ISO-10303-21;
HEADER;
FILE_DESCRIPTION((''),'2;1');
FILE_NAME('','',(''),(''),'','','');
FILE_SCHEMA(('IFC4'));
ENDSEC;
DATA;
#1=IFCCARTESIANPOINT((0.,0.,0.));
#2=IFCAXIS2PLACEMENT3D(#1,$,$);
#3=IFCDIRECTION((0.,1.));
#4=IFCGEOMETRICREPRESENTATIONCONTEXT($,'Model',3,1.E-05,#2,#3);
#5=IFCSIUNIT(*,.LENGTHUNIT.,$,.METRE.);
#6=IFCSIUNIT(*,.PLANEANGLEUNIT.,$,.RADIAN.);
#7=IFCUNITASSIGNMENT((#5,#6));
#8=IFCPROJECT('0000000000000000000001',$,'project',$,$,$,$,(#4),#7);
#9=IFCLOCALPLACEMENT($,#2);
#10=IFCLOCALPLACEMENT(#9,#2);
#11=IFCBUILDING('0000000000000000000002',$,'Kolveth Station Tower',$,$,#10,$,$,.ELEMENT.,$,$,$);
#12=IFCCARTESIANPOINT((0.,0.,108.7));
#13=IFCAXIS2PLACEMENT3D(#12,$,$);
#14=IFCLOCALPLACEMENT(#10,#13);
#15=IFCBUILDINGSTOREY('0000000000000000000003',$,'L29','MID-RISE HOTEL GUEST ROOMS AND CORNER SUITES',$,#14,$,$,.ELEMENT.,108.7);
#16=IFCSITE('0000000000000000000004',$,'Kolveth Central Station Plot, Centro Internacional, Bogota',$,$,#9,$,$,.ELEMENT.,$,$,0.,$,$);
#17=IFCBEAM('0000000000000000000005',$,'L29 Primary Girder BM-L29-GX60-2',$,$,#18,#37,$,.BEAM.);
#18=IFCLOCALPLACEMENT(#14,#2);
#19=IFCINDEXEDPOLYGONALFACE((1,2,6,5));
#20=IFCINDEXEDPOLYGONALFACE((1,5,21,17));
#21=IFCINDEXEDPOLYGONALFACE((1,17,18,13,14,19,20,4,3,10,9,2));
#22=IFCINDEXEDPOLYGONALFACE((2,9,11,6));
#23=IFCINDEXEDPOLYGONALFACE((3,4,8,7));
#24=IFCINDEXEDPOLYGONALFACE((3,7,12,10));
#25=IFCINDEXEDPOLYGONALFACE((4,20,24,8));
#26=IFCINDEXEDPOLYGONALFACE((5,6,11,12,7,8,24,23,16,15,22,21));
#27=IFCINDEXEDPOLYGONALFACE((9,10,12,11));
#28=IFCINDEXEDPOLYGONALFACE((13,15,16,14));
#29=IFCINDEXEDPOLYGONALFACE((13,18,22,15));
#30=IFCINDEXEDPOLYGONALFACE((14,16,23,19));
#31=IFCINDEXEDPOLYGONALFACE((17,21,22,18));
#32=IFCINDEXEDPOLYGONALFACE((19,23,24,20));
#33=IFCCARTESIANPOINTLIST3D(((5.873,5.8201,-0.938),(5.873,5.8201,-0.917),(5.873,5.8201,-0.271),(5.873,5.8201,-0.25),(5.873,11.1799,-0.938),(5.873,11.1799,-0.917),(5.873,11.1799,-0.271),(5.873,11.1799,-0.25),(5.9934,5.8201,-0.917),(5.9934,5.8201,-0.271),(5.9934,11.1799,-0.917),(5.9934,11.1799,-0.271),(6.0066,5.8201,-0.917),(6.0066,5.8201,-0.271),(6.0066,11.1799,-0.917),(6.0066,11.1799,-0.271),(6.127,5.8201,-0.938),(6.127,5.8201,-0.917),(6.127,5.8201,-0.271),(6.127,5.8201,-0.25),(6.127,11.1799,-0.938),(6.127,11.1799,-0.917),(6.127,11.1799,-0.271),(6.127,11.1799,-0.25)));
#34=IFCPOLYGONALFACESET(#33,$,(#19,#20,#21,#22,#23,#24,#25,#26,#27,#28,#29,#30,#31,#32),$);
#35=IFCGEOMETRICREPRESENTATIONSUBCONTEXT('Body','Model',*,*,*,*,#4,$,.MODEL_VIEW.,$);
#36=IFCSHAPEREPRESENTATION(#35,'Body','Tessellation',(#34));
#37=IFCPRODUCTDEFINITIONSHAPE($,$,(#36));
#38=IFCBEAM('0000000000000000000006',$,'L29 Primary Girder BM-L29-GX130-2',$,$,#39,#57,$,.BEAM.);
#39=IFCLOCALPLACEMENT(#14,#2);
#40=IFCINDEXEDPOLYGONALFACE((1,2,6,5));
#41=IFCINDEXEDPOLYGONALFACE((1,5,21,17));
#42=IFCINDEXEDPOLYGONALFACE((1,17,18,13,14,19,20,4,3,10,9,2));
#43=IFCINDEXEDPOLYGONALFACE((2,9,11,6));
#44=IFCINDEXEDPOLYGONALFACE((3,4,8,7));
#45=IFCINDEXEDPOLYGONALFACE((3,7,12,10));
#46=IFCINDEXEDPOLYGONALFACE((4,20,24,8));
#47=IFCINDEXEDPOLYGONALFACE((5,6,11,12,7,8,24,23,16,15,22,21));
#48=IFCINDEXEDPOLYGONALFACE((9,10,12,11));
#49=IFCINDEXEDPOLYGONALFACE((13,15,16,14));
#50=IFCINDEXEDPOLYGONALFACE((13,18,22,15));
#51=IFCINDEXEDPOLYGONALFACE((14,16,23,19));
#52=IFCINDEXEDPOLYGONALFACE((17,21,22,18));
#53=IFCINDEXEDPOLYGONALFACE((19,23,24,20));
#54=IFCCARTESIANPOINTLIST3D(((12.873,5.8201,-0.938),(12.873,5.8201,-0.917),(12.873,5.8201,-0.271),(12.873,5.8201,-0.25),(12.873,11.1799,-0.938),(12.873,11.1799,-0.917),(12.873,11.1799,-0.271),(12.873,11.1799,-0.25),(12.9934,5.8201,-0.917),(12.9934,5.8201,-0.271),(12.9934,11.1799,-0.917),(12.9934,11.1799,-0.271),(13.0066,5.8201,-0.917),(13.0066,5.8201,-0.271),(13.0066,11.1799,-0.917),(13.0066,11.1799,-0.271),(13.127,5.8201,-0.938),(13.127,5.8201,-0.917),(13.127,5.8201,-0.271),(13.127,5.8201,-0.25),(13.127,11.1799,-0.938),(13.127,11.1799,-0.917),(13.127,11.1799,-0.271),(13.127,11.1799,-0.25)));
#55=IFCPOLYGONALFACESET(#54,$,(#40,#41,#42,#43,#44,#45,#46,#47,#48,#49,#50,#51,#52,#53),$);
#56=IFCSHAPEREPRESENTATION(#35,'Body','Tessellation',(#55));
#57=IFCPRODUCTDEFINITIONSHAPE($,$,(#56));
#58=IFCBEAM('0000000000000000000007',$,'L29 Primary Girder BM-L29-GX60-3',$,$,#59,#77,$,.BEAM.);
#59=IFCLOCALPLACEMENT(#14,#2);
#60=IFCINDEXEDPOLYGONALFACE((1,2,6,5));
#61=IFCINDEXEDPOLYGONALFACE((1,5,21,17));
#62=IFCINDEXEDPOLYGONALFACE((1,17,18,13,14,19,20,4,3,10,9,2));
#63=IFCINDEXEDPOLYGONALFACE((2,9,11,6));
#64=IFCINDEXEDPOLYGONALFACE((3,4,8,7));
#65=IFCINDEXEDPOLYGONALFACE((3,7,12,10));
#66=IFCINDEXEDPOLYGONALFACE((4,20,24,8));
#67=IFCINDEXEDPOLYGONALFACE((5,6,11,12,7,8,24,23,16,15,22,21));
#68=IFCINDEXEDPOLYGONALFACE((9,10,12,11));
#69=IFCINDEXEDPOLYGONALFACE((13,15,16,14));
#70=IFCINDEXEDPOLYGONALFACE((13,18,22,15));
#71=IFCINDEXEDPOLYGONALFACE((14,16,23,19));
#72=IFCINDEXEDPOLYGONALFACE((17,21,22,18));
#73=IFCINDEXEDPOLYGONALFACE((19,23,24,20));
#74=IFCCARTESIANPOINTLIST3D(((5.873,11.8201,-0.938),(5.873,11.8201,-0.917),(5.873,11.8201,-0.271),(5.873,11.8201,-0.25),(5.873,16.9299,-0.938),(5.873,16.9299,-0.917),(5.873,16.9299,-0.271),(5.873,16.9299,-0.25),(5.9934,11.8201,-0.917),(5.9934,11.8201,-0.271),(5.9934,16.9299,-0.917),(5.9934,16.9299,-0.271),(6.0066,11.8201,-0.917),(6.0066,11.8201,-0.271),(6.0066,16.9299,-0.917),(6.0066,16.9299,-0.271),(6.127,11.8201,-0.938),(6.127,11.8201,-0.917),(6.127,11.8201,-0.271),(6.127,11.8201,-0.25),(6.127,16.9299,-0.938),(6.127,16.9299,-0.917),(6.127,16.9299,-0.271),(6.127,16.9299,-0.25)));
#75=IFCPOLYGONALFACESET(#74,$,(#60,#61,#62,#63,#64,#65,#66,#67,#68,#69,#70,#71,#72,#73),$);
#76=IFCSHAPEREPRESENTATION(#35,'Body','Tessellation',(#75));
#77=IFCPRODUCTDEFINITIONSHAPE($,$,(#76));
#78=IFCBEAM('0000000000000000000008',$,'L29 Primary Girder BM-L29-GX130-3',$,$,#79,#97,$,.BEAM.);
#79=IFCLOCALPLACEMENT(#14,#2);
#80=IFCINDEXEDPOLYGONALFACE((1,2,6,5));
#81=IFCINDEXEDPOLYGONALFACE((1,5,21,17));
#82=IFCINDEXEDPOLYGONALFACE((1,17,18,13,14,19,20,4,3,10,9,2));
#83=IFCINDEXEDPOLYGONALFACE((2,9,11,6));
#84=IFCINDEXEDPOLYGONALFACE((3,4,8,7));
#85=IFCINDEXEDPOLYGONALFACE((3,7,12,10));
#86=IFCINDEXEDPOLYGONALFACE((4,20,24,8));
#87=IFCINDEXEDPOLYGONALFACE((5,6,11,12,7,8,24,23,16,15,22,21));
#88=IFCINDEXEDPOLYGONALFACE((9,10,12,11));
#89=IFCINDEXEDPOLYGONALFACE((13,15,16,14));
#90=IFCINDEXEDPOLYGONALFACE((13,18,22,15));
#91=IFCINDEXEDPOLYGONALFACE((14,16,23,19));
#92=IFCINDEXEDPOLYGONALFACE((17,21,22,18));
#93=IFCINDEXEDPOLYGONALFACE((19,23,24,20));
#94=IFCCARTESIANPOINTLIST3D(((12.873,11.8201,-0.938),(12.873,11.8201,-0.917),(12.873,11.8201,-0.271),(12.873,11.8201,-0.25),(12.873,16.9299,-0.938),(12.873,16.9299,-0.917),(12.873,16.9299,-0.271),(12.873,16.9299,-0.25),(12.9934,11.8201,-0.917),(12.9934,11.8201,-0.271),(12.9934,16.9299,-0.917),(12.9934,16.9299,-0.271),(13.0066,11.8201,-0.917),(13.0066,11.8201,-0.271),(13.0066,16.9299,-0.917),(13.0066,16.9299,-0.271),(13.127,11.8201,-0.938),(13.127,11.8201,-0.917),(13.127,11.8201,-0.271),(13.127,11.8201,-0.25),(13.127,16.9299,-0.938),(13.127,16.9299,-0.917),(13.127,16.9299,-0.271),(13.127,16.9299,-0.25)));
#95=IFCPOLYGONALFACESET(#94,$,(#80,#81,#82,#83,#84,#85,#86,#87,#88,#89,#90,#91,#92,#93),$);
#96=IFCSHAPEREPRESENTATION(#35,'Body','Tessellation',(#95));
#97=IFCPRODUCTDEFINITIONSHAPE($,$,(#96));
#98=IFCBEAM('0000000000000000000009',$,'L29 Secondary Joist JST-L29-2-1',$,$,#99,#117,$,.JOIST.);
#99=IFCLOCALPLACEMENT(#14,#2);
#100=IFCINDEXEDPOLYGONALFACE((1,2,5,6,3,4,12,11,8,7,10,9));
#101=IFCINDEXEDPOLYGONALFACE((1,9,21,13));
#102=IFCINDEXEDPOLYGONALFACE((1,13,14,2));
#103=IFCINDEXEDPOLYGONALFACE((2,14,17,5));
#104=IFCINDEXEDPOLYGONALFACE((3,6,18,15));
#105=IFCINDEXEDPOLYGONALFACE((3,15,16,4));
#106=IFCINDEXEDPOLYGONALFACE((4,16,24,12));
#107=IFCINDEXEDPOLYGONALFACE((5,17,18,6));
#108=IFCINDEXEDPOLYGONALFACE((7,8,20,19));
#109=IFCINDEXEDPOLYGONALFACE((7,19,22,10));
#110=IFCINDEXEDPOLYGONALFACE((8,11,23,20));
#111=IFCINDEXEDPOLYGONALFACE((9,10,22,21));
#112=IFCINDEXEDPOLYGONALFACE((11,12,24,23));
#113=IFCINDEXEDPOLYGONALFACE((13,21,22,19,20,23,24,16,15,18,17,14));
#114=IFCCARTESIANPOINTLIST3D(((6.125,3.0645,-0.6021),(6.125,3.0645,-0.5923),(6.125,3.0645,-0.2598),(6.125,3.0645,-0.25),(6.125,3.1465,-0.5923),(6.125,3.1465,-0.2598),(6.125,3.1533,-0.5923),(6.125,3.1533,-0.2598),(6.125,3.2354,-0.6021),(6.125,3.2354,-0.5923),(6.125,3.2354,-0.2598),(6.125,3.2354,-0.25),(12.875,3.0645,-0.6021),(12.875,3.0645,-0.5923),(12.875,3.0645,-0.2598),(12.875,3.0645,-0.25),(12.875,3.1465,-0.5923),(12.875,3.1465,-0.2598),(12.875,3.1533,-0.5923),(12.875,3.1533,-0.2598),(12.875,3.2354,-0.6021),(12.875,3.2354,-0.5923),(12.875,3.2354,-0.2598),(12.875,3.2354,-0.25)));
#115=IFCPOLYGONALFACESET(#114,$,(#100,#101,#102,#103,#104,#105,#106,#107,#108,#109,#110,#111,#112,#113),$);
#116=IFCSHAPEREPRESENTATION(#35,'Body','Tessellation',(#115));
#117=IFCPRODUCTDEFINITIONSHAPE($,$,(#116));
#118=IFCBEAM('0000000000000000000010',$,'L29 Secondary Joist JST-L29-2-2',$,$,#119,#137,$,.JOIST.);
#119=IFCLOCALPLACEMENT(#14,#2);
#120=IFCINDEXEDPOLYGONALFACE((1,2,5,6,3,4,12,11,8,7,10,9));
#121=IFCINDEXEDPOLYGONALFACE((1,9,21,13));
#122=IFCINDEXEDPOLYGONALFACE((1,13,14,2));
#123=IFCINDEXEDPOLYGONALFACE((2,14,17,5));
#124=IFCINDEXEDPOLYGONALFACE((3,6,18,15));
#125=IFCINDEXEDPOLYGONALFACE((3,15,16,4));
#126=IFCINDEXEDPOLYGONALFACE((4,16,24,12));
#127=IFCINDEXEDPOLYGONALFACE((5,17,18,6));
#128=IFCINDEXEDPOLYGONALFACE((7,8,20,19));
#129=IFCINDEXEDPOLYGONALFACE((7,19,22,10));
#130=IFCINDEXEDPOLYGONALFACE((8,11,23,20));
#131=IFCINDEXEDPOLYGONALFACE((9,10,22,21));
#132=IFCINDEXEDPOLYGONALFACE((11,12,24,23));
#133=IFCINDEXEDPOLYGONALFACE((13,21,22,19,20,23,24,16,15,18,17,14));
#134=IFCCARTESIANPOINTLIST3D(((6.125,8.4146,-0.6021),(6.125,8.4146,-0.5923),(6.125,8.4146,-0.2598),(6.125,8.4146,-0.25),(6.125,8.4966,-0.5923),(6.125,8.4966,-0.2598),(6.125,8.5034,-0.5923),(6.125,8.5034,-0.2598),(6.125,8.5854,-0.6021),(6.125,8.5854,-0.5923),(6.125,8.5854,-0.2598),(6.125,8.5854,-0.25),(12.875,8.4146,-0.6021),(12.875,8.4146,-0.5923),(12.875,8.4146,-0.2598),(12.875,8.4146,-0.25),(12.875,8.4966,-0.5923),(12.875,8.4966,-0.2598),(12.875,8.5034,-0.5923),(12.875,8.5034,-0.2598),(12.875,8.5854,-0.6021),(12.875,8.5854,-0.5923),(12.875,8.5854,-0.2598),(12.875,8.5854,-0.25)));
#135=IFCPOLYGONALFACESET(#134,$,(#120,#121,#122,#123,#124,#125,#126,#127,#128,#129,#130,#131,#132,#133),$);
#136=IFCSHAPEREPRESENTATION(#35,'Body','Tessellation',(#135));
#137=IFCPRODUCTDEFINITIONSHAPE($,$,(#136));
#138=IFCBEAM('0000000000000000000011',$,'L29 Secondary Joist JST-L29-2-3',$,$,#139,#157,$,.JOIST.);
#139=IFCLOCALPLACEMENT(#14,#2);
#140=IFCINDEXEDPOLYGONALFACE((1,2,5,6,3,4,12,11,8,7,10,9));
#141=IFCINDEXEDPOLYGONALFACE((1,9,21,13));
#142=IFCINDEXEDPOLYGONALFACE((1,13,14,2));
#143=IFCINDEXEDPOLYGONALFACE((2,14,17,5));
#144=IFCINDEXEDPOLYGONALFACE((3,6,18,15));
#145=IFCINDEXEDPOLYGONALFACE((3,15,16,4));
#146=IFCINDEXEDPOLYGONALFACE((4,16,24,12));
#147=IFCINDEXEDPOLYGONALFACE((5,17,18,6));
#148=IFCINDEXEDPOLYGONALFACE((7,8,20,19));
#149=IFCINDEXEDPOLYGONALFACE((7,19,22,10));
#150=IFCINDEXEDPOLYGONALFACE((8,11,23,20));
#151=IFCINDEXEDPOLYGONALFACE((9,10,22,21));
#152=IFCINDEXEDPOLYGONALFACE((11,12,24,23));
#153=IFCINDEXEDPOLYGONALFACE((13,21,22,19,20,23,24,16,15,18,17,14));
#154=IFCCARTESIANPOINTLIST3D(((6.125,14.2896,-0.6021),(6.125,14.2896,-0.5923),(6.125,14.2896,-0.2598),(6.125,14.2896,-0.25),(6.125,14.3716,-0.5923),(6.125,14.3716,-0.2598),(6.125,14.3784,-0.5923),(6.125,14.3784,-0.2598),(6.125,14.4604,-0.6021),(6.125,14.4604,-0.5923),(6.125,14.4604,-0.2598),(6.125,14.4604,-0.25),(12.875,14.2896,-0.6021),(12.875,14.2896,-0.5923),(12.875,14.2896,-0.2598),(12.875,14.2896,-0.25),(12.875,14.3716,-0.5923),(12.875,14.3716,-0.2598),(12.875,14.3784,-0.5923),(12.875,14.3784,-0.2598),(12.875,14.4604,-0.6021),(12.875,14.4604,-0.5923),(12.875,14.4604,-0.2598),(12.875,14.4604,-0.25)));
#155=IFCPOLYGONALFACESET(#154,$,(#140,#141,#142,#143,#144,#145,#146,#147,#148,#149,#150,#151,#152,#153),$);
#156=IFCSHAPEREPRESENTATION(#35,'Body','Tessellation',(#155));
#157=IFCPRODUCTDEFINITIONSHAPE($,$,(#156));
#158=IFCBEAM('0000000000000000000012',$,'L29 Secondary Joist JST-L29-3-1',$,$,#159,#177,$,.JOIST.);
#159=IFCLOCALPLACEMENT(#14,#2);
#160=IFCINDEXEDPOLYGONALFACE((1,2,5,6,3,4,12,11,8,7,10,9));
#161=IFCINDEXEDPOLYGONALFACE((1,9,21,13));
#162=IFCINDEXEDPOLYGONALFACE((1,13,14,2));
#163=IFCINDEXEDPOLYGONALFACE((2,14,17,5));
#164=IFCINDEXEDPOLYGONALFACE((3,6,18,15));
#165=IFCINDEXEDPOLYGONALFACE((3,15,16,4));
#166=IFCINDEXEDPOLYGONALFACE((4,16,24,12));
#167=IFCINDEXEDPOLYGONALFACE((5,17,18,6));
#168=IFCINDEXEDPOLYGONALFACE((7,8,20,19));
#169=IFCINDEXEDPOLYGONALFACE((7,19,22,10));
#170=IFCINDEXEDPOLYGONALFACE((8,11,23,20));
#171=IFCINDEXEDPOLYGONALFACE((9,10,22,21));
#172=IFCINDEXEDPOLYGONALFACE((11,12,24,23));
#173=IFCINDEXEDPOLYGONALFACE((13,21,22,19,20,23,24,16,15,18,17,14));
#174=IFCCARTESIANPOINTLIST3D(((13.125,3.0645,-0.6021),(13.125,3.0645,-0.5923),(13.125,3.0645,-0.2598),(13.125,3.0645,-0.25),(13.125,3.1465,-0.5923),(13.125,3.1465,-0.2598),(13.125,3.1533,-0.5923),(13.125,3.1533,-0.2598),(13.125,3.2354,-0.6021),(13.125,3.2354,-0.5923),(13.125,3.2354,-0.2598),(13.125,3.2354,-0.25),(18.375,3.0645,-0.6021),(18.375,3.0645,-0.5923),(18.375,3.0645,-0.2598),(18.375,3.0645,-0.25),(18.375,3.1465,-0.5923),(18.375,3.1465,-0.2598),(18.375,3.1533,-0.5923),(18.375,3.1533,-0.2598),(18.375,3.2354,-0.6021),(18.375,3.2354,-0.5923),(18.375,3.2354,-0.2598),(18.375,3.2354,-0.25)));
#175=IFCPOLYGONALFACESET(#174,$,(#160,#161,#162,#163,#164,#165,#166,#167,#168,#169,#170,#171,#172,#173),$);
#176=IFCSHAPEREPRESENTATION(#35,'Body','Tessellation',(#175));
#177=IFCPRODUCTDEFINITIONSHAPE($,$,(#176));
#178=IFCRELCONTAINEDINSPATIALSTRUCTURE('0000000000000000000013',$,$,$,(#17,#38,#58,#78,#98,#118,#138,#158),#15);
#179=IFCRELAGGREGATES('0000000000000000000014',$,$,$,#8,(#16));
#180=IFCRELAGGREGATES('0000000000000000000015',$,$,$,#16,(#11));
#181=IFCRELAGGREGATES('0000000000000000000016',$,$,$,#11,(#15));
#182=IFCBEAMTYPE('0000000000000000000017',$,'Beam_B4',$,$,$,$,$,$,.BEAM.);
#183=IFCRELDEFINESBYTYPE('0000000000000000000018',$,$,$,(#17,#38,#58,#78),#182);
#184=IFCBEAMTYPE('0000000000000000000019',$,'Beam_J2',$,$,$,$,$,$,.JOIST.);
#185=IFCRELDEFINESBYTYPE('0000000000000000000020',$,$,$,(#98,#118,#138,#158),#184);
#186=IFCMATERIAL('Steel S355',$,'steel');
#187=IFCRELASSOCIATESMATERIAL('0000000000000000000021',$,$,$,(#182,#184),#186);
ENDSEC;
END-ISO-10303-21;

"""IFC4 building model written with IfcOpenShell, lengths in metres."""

from ifc_helpers import new_model, si_unit, direction, frame, origin, origin_2d, place, context, subcontext, project, spatial, i_section, extrude, source, transform, mapped, material, material_profile, profile_set, type_object, element, save


model = new_model("IFC4")

# Units and contexts
model_context = context("Model", 3, precision=1e-05, world=origin(), true_north=direction((0.0, 1.0)))
body_context = subcontext(model_context, "Body", "Model", "MODEL_VIEW")
ifc_project = project(units=[si_unit("LENGTHUNIT", "METRE"), si_unit("PLANEANGLEUNIT", "RADIAN")], contexts=[model_context])

# Site, building, storey
site_placement = place(None, origin())
site = spatial("IfcSite", under=ifc_project, at=site_placement, Name="Kolveth Central Station Plot, Centro Internacional, Bogota", CompositionType="ELEMENT", RefElevation=0.0)
building_placement = place(site_placement, origin())
building = spatial("IfcBuilding", under=site, at=building_placement, Name="Kolveth Station Tower", CompositionType="ELEMENT")
storey_placement = place(building_placement, frame((0.0, 0.0, 108.7)))
storey = spatial("IfcBuildingStorey", under=building, at=storey_placement, Name="L29", Description="MID-RISE HOTEL GUEST ROOMS AND CORNER SUITES", CompositionType="ELEMENT", Elevation=108.7)

# Beams
ifc_material_1 = material(Name="Steel S355", Category="steel")
ifc_material_profile_1 = material_profile(ifc_material_1, i_section(OverallWidth=0.2539, OverallDepth=0.688, WebThickness=0.0132, FlangeThickness=0.021, at=origin_2d()), Name="W690x152")
ifc_profile_set_1 = profile_set([ifc_material_profile_1], Name="Steel S355")
beam_type_1 = type_object("IfcBeamType", Name="Beam_B4", PredefinedType="BEAM", material=ifc_profile_set_1)
shared_shape_1 = source(origin(), body_context, "Body", "SweptSolid", [
    extrude(i_section(OverallWidth=0.2539, OverallDepth=0.688, WebThickness=0.0132, FlangeThickness=0.021, at=origin_2d()), origin(), (0.0, 0.0, 1.0), 5.3599),
])
for number, where, z_axis, x_axis, name in (
    (1, (6.0, 5.8201, -0.594), (0.0, 1.0, 0.0), (-1.0, 0.0, 0.0), "L29 Primary Girder BM-L29-GX60-2"),
    (2, (13.0, 5.8201, -0.594), (0.0, 1.0, 0.0), (-1.0, 0.0, 0.0), "L29 Primary Girder BM-L29-GX130-2"),
):
    element("IfcBeam", number, at=place(storey_placement, frame(where, z_axis=z_axis, x_axis=x_axis)), inside=storey, type_object=beam_type_1, Name=name, PredefinedType="BEAM", context=body_context, shape_type="MappedRepresentation", body=[
        mapped(shared_shape_1, transform((0.0, 0.0, 0.0), x_axis=(1.0, 0.0, 0.0), y_axis=(0.0, 1.0, 0.0), z_axis=(0.0, 0.0, 1.0), scale=1.0)),
    ])
shared_shape_2 = source(origin(), body_context, "Body", "SweptSolid", [
    extrude(i_section(OverallWidth=0.2539, OverallDepth=0.688, WebThickness=0.0132, FlangeThickness=0.021, at=origin_2d()), origin(), (0.0, 0.0, 1.0), 5.1099),
])
for number, where, z_axis, x_axis, name in (
    (3, (6.0, 11.8201, -0.594), (0.0, 1.0, 0.0), (-1.0, 0.0, 0.0), "L29 Primary Girder BM-L29-GX60-3"),
    (4, (13.0, 11.8201, -0.594), (0.0, 1.0, 0.0), (-1.0, 0.0, 0.0), "L29 Primary Girder BM-L29-GX130-3"),
):
    element("IfcBeam", number, at=place(storey_placement, frame(where, z_axis=z_axis, x_axis=x_axis)), inside=storey, type_object=beam_type_1, Name=name, PredefinedType="BEAM", context=body_context, shape_type="MappedRepresentation", body=[
        mapped(shared_shape_2, transform((0.0, 0.0, 0.0), x_axis=(1.0, 0.0, 0.0), y_axis=(0.0, 1.0, 0.0), z_axis=(0.0, 0.0, 1.0), scale=1.0)),
    ])
ifc_material_profile_2 = material_profile(ifc_material_1, i_section(OverallWidth=0.1709, OverallDepth=0.3521, WebThickness=0.0068, FlangeThickness=0.0098, at=origin_2d()), Name="W360x44")
ifc_profile_set_2 = profile_set([ifc_material_profile_2], Name="Steel S355")
beam_type_2 = type_object("IfcBeamType", Name="Beam_J2", PredefinedType="JOIST", material=ifc_profile_set_2)
shared_shape_3 = source(origin(), body_context, "Body", "SweptSolid", [
    extrude(i_section(OverallWidth=0.1709, OverallDepth=0.3521, WebThickness=0.0068, FlangeThickness=0.0098, at=origin_2d()), origin(), (0.0, 0.0, 1.0), 6.75),
])
for number, where, z_axis, x_axis, name in (
    (5, (6.125, 3.1499, -0.426), (1.0, 0.0, 0.0), (0.0, 1.0, 0.0), "L29 Secondary Joist JST-L29-2-1"),
    (6, (6.125, 8.5, -0.426), (1.0, 0.0, 0.0), (0.0, 1.0, 0.0), "L29 Secondary Joist JST-L29-2-2"),
    (7, (6.125, 14.375, -0.426), (1.0, 0.0, 0.0), (0.0, 1.0, 0.0), "L29 Secondary Joist JST-L29-2-3"),
):
    element("IfcBeam", number, at=place(storey_placement, frame(where, z_axis=z_axis, x_axis=x_axis)), inside=storey, type_object=beam_type_2, Name=name, PredefinedType="JOIST", context=body_context, shape_type="MappedRepresentation", body=[
        mapped(shared_shape_3, transform((0.0, 0.0, 0.0), x_axis=(1.0, 0.0, 0.0), y_axis=(0.0, 1.0, 0.0), z_axis=(0.0, 0.0, 1.0), scale=1.0)),
    ])
shared_shape_4 = source(origin(), body_context, "Body", "SweptSolid", [
    extrude(i_section(OverallWidth=0.1709, OverallDepth=0.3521, WebThickness=0.0068, FlangeThickness=0.0098, at=origin_2d()), origin(), (0.0, 0.0, 1.0), 5.25),
])
beam_1_placement = place(storey_placement, frame((13.125, 3.1499, -0.426), z_axis=(1.0, 0.0, 0.0), x_axis=(0.0, 1.0, 0.0)))
element("IfcBeam", 8, at=beam_1_placement, inside=storey, type_object=beam_type_2, Name="L29 Secondary Joist JST-L29-3-1", PredefinedType="JOIST", context=body_context, shape_type="MappedRepresentation", body=[
    mapped(shared_shape_4, transform((0.0, 0.0, 0.0), x_axis=(1.0, 0.0, 0.0), y_axis=(0.0, 1.0, 0.0), z_axis=(0.0, 0.0, 1.0), scale=1.0)),
])

save(model, "model.ifc")
